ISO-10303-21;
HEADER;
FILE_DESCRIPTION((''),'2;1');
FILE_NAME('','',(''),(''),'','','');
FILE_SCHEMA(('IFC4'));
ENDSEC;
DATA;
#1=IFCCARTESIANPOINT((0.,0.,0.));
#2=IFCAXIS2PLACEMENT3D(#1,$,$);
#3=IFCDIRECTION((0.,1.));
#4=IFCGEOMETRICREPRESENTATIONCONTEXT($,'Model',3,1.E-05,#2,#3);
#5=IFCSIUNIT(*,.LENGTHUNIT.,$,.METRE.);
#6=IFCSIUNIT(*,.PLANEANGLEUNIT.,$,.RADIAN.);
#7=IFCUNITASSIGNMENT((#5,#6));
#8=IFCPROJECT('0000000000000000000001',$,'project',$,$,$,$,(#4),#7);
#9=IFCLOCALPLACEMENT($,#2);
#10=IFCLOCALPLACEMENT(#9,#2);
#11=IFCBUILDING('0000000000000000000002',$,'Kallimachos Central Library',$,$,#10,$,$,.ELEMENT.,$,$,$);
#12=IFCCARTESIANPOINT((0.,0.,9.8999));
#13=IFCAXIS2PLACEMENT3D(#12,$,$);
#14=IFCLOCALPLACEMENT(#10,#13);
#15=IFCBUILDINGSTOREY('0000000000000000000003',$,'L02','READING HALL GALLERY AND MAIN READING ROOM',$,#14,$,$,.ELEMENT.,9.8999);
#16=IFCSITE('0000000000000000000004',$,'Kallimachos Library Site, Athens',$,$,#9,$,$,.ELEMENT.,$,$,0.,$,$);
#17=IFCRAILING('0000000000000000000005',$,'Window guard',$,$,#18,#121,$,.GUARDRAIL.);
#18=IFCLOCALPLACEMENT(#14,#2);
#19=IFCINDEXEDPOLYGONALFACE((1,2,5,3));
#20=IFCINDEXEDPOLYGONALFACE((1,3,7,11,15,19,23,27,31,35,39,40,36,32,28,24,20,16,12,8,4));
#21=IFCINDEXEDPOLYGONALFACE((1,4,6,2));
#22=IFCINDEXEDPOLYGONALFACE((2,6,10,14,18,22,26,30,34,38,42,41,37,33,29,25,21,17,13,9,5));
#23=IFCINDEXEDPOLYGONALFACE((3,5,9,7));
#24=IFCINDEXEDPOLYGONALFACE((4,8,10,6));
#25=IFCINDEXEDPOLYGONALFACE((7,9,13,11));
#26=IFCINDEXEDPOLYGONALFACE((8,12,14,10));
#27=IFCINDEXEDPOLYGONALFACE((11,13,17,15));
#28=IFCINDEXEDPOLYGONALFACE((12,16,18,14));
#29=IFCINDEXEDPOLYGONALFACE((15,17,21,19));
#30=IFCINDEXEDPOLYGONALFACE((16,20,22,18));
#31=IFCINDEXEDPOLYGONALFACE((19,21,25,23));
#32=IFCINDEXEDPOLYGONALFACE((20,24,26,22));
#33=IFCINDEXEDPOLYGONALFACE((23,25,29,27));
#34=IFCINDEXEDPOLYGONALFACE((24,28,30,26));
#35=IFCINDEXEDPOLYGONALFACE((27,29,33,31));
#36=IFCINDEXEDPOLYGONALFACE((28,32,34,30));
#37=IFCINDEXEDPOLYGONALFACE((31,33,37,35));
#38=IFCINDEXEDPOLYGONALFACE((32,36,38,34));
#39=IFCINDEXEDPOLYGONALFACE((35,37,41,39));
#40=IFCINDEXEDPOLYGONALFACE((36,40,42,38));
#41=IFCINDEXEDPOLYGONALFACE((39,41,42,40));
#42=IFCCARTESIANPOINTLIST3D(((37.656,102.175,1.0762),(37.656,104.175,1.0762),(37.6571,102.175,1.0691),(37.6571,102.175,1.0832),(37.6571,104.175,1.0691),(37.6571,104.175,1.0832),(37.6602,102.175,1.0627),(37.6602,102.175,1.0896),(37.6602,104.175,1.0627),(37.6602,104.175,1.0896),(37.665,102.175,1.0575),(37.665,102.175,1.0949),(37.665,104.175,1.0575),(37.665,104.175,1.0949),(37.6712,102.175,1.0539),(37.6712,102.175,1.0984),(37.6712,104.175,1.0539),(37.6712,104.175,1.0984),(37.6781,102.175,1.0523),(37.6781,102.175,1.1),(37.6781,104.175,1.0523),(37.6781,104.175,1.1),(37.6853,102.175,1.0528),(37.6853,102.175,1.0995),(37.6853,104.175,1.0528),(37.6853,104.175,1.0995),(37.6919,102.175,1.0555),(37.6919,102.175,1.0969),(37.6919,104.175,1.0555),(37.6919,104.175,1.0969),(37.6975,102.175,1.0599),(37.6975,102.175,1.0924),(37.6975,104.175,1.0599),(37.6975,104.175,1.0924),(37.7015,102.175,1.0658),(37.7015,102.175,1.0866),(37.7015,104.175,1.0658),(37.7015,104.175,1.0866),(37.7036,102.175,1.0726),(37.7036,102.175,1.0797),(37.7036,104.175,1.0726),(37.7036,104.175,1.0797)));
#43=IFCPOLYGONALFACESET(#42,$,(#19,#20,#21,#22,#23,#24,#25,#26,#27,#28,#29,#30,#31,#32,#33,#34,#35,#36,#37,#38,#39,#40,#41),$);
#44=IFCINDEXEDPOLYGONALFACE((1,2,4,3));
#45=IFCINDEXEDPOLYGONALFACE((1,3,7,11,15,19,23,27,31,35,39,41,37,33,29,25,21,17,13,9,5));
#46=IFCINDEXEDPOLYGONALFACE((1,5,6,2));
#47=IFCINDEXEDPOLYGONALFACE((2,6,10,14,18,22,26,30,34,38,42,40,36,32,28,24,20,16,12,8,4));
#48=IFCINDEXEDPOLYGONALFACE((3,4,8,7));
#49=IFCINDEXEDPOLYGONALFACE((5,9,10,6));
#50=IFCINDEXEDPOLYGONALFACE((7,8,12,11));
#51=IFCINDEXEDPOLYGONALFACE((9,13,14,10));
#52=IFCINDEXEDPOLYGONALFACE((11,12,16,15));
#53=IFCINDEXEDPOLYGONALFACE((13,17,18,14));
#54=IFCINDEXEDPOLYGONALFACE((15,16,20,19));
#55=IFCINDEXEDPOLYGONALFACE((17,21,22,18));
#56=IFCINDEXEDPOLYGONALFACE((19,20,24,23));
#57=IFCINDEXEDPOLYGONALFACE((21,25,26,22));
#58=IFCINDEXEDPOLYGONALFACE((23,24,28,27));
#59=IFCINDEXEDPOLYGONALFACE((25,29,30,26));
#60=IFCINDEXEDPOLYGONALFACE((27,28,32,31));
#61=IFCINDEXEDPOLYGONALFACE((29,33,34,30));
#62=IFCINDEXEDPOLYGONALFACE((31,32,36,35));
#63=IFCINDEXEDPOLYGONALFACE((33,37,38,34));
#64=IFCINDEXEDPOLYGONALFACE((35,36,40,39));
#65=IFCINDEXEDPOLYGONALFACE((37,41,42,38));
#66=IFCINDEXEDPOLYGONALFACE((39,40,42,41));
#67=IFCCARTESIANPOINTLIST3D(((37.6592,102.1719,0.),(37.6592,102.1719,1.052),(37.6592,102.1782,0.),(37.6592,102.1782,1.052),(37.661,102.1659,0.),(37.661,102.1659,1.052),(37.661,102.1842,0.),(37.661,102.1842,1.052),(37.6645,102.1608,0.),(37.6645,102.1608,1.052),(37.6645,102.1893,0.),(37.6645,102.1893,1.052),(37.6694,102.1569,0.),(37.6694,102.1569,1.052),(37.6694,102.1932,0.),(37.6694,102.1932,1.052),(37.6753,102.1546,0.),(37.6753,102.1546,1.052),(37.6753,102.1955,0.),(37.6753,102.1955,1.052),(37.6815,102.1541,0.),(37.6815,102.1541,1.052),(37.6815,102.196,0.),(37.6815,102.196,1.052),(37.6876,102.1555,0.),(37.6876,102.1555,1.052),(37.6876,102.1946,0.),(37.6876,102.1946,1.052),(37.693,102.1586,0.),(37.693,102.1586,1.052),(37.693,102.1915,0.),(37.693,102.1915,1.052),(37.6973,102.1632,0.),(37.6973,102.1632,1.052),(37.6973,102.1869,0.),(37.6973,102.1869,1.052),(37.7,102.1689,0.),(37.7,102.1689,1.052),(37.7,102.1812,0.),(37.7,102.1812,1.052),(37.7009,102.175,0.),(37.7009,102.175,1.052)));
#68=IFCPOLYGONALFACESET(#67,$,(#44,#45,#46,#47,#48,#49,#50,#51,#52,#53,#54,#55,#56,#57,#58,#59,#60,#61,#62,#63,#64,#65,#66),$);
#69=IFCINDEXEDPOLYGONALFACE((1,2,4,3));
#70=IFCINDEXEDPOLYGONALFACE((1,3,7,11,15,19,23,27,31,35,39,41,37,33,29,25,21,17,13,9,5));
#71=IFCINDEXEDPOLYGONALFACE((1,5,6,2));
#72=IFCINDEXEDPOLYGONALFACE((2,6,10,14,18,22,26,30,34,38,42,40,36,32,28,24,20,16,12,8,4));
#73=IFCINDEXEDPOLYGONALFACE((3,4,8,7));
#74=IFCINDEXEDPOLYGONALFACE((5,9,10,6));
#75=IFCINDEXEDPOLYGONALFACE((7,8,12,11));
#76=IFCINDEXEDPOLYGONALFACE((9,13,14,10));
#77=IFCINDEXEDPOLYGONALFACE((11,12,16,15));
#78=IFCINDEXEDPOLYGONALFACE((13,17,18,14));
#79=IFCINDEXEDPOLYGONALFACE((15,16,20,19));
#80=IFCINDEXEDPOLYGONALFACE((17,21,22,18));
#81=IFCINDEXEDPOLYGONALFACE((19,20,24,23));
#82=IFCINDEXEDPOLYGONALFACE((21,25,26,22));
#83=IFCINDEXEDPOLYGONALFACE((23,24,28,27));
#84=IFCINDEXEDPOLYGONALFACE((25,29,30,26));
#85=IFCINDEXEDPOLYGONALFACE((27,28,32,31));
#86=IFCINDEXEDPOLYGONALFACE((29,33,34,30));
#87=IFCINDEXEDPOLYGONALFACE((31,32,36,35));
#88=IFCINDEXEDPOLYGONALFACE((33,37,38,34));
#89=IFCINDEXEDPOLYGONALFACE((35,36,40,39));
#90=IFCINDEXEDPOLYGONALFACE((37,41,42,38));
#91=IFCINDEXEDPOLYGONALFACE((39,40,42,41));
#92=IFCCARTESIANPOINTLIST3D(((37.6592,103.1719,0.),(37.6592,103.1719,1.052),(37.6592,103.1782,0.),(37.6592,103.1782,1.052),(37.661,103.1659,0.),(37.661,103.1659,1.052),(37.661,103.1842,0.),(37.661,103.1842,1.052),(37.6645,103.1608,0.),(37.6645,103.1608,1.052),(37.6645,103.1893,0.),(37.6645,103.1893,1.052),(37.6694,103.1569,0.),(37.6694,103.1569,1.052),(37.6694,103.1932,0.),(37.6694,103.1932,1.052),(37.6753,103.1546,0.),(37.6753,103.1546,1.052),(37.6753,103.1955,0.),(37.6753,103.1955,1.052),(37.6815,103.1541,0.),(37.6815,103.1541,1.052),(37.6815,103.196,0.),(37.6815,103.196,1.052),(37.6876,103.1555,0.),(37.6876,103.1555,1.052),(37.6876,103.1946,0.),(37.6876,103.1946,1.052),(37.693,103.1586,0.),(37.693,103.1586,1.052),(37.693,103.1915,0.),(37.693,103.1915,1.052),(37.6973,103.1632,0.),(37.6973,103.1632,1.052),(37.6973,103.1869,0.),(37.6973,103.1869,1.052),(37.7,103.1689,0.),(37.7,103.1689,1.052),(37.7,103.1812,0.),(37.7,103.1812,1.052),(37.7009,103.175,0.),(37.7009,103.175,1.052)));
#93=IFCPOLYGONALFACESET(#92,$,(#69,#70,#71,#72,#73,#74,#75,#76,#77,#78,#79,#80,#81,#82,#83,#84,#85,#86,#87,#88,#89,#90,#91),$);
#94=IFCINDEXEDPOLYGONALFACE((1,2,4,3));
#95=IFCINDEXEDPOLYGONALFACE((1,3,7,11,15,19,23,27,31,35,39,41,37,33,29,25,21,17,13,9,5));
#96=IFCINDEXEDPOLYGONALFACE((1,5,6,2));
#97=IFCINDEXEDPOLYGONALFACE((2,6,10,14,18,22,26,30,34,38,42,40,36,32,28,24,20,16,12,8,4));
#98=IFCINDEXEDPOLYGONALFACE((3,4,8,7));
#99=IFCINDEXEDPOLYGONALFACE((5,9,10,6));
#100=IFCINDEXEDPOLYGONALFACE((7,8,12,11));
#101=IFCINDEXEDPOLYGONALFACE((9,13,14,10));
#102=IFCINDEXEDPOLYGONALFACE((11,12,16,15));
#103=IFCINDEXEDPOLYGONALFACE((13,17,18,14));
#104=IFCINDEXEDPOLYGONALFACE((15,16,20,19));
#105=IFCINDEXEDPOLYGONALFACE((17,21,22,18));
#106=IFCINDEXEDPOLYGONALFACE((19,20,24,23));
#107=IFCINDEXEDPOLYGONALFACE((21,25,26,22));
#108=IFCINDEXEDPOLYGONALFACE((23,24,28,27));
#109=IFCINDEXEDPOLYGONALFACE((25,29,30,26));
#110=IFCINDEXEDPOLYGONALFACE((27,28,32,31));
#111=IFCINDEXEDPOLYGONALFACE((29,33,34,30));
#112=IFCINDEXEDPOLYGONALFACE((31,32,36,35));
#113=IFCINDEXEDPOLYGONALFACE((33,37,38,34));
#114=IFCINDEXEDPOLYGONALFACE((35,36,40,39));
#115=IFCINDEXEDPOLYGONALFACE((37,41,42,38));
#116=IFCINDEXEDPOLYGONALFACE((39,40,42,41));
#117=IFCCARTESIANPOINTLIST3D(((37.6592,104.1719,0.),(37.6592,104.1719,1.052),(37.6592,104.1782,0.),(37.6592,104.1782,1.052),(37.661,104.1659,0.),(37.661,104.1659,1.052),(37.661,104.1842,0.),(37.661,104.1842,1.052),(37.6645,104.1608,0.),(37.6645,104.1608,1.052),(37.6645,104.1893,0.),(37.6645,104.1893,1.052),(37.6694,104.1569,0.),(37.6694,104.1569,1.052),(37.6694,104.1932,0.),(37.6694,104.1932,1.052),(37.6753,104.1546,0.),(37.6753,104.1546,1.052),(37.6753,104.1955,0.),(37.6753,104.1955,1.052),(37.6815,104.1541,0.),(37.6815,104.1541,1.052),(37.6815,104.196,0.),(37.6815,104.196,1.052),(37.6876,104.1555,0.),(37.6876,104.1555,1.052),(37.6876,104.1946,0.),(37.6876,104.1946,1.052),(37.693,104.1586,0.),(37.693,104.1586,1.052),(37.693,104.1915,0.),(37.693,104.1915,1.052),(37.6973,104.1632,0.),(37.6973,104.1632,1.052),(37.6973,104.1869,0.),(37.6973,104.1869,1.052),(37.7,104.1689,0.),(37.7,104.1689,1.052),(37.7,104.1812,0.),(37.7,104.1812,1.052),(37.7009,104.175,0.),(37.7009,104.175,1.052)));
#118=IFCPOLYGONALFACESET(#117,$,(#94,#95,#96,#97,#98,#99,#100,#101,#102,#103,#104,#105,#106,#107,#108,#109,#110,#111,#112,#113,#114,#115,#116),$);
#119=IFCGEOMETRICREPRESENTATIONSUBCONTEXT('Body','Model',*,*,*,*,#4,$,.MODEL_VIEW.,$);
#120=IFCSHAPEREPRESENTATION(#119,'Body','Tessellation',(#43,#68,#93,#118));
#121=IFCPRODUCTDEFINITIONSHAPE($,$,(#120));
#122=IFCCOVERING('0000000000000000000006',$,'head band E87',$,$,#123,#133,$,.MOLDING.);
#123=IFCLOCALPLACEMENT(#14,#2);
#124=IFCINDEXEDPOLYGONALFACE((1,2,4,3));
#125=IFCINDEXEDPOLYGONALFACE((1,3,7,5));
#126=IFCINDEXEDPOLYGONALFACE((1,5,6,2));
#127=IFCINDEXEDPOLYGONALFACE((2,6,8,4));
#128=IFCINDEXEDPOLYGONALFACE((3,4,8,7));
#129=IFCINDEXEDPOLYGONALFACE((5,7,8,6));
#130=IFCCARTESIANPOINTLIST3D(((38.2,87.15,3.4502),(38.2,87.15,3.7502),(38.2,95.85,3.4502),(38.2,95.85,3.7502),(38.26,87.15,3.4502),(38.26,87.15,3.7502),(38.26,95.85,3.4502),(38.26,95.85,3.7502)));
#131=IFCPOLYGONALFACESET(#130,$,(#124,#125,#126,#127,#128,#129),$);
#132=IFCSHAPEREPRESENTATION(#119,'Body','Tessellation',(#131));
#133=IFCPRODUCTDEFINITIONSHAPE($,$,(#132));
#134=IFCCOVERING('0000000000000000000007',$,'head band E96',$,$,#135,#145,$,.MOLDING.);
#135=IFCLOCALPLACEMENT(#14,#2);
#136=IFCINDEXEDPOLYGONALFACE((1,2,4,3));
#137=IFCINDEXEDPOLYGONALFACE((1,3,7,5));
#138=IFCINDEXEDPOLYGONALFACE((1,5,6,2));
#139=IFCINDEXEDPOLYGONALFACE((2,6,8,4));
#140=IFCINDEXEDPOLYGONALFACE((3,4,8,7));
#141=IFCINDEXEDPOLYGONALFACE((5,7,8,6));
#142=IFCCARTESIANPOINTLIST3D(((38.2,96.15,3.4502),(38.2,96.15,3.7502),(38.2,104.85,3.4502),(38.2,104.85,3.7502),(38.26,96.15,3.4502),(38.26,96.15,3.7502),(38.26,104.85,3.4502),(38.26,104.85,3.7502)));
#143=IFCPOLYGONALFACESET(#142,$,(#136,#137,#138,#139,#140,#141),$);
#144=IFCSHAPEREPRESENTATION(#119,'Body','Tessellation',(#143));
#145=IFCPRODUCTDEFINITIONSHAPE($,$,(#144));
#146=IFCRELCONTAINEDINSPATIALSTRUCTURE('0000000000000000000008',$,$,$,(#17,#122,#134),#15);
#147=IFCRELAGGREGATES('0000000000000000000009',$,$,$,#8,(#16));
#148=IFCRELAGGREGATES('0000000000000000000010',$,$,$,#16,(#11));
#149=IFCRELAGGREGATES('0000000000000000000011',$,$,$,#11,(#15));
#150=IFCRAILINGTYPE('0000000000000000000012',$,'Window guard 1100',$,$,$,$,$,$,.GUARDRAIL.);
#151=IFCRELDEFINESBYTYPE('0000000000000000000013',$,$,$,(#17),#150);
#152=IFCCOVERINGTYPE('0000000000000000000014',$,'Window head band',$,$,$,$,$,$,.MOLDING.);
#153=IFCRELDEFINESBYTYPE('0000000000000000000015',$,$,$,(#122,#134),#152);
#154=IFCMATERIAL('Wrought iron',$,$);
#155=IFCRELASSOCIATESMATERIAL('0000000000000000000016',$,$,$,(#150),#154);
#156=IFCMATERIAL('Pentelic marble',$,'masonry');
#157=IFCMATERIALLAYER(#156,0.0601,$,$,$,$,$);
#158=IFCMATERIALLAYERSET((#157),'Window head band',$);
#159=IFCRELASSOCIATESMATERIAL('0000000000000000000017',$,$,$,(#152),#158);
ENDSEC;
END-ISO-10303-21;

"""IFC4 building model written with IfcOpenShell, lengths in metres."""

from ifc_helpers import new_model, si_unit, direction, frame, origin, origin_2d, place, context, subcontext, project, spatial, rectangle, circle, extrude, material, layer, layer_set, type_object, element, save


model = new_model("IFC4")

# Units and contexts
model_context = context("Model", 3, precision=1e-05, world=origin(), true_north=direction((0.0, 1.0)))
body_context = subcontext(model_context, "Body", "Model", "MODEL_VIEW")
ifc_project = project(units=[si_unit("LENGTHUNIT", "METRE"), si_unit("PLANEANGLEUNIT", "RADIAN")], contexts=[model_context])

# Site, building, storey
site_placement = place(None, origin())
site = spatial("IfcSite", under=ifc_project, at=site_placement, Name="Kallimachos Library Site, Athens", CompositionType="ELEMENT", RefElevation=0.0)
building_placement = place(site_placement, origin())
building = spatial("IfcBuilding", under=site, at=building_placement, Name="Kallimachos Central Library", CompositionType="ELEMENT")
storey_placement = place(building_placement, frame((0.0, 0.0, 9.8999)))
storey = spatial("IfcBuildingStorey", under=building, at=storey_placement, Name="L02", Description="READING HALL GALLERY AND MAIN READING ROOM", CompositionType="ELEMENT", Elevation=9.8999)

# Railing
ifc_material_1 = material(Name="Wrought iron")
railing_type = type_object("IfcRailingType", Name="Window guard 1100", PredefinedType="GUARDRAIL", material=ifc_material_1)
for number, where, name in (
    (1, (37.6799, 102.175, 0.0), "Window guard"),
):
    element("IfcRailing", number, at=place(storey_placement, frame(where)), inside=storey, type_object=railing_type, Name=name, PredefinedType="GUARDRAIL", context=body_context, shape_type="SweptSolid", body=[
        extrude(circle(Radius=0.0239, at=origin_2d()), frame((0.0, 0.0, 1.0762), z_axis=(0.0, 1.0, 0.0), x_axis=(-1.0, 0.0, 0.0)), (0.0, 0.0, 1.0), 2.0),
        extrude(circle(Radius=0.021, at=origin_2d()), origin(), (0.0, 0.0, 1.0), 1.052),
        extrude(circle(Radius=0.021, at=origin_2d()), frame((0.0, 1.0, 0.0)), (0.0, 0.0, 1.0), 1.052),
        extrude(circle(Radius=0.021, at=origin_2d()), frame((0.0, 2.0, 0.0)), (0.0, 0.0, 1.0), 1.052),
    ])

# Coverings
ifc_material_2 = material(Name="Pentelic marble", Category="masonry")
ifc_layer_1 = layer(ifc_material_2, 0.0601)
ifc_layer_set_1 = layer_set([ifc_layer_1], Name="Window head band")
covering_type_1 = type_object("IfcCoveringType", Name="Window head band", PredefinedType="MOLDING", material=ifc_layer_set_1)
for number, where, z_axis, x_axis, name in (
    (2, (38.23, 91.5, 3.4502), (0.0, 0.0, 1.0), (1.0, 0.0, 0.0), "head band E87"),
    (3, (38.23, 100.5, 3.4502), (0.0, 0.0, 1.0), (1.0, 0.0, 0.0), "head band E96"),
):
    element("IfcCovering", number, at=place(storey_placement, frame(where, z_axis=z_axis, x_axis=x_axis)), inside=storey, type_object=covering_type_1, Name=name, PredefinedType="MOLDING", context=body_context, shape_type="SweptSolid", body=[
        extrude(rectangle(XDim=0.0601, YDim=8.7, at=origin_2d()), origin(), (0.0, 0.0, 1.0), 0.3),
    ])

save(model, "model.ifc")
